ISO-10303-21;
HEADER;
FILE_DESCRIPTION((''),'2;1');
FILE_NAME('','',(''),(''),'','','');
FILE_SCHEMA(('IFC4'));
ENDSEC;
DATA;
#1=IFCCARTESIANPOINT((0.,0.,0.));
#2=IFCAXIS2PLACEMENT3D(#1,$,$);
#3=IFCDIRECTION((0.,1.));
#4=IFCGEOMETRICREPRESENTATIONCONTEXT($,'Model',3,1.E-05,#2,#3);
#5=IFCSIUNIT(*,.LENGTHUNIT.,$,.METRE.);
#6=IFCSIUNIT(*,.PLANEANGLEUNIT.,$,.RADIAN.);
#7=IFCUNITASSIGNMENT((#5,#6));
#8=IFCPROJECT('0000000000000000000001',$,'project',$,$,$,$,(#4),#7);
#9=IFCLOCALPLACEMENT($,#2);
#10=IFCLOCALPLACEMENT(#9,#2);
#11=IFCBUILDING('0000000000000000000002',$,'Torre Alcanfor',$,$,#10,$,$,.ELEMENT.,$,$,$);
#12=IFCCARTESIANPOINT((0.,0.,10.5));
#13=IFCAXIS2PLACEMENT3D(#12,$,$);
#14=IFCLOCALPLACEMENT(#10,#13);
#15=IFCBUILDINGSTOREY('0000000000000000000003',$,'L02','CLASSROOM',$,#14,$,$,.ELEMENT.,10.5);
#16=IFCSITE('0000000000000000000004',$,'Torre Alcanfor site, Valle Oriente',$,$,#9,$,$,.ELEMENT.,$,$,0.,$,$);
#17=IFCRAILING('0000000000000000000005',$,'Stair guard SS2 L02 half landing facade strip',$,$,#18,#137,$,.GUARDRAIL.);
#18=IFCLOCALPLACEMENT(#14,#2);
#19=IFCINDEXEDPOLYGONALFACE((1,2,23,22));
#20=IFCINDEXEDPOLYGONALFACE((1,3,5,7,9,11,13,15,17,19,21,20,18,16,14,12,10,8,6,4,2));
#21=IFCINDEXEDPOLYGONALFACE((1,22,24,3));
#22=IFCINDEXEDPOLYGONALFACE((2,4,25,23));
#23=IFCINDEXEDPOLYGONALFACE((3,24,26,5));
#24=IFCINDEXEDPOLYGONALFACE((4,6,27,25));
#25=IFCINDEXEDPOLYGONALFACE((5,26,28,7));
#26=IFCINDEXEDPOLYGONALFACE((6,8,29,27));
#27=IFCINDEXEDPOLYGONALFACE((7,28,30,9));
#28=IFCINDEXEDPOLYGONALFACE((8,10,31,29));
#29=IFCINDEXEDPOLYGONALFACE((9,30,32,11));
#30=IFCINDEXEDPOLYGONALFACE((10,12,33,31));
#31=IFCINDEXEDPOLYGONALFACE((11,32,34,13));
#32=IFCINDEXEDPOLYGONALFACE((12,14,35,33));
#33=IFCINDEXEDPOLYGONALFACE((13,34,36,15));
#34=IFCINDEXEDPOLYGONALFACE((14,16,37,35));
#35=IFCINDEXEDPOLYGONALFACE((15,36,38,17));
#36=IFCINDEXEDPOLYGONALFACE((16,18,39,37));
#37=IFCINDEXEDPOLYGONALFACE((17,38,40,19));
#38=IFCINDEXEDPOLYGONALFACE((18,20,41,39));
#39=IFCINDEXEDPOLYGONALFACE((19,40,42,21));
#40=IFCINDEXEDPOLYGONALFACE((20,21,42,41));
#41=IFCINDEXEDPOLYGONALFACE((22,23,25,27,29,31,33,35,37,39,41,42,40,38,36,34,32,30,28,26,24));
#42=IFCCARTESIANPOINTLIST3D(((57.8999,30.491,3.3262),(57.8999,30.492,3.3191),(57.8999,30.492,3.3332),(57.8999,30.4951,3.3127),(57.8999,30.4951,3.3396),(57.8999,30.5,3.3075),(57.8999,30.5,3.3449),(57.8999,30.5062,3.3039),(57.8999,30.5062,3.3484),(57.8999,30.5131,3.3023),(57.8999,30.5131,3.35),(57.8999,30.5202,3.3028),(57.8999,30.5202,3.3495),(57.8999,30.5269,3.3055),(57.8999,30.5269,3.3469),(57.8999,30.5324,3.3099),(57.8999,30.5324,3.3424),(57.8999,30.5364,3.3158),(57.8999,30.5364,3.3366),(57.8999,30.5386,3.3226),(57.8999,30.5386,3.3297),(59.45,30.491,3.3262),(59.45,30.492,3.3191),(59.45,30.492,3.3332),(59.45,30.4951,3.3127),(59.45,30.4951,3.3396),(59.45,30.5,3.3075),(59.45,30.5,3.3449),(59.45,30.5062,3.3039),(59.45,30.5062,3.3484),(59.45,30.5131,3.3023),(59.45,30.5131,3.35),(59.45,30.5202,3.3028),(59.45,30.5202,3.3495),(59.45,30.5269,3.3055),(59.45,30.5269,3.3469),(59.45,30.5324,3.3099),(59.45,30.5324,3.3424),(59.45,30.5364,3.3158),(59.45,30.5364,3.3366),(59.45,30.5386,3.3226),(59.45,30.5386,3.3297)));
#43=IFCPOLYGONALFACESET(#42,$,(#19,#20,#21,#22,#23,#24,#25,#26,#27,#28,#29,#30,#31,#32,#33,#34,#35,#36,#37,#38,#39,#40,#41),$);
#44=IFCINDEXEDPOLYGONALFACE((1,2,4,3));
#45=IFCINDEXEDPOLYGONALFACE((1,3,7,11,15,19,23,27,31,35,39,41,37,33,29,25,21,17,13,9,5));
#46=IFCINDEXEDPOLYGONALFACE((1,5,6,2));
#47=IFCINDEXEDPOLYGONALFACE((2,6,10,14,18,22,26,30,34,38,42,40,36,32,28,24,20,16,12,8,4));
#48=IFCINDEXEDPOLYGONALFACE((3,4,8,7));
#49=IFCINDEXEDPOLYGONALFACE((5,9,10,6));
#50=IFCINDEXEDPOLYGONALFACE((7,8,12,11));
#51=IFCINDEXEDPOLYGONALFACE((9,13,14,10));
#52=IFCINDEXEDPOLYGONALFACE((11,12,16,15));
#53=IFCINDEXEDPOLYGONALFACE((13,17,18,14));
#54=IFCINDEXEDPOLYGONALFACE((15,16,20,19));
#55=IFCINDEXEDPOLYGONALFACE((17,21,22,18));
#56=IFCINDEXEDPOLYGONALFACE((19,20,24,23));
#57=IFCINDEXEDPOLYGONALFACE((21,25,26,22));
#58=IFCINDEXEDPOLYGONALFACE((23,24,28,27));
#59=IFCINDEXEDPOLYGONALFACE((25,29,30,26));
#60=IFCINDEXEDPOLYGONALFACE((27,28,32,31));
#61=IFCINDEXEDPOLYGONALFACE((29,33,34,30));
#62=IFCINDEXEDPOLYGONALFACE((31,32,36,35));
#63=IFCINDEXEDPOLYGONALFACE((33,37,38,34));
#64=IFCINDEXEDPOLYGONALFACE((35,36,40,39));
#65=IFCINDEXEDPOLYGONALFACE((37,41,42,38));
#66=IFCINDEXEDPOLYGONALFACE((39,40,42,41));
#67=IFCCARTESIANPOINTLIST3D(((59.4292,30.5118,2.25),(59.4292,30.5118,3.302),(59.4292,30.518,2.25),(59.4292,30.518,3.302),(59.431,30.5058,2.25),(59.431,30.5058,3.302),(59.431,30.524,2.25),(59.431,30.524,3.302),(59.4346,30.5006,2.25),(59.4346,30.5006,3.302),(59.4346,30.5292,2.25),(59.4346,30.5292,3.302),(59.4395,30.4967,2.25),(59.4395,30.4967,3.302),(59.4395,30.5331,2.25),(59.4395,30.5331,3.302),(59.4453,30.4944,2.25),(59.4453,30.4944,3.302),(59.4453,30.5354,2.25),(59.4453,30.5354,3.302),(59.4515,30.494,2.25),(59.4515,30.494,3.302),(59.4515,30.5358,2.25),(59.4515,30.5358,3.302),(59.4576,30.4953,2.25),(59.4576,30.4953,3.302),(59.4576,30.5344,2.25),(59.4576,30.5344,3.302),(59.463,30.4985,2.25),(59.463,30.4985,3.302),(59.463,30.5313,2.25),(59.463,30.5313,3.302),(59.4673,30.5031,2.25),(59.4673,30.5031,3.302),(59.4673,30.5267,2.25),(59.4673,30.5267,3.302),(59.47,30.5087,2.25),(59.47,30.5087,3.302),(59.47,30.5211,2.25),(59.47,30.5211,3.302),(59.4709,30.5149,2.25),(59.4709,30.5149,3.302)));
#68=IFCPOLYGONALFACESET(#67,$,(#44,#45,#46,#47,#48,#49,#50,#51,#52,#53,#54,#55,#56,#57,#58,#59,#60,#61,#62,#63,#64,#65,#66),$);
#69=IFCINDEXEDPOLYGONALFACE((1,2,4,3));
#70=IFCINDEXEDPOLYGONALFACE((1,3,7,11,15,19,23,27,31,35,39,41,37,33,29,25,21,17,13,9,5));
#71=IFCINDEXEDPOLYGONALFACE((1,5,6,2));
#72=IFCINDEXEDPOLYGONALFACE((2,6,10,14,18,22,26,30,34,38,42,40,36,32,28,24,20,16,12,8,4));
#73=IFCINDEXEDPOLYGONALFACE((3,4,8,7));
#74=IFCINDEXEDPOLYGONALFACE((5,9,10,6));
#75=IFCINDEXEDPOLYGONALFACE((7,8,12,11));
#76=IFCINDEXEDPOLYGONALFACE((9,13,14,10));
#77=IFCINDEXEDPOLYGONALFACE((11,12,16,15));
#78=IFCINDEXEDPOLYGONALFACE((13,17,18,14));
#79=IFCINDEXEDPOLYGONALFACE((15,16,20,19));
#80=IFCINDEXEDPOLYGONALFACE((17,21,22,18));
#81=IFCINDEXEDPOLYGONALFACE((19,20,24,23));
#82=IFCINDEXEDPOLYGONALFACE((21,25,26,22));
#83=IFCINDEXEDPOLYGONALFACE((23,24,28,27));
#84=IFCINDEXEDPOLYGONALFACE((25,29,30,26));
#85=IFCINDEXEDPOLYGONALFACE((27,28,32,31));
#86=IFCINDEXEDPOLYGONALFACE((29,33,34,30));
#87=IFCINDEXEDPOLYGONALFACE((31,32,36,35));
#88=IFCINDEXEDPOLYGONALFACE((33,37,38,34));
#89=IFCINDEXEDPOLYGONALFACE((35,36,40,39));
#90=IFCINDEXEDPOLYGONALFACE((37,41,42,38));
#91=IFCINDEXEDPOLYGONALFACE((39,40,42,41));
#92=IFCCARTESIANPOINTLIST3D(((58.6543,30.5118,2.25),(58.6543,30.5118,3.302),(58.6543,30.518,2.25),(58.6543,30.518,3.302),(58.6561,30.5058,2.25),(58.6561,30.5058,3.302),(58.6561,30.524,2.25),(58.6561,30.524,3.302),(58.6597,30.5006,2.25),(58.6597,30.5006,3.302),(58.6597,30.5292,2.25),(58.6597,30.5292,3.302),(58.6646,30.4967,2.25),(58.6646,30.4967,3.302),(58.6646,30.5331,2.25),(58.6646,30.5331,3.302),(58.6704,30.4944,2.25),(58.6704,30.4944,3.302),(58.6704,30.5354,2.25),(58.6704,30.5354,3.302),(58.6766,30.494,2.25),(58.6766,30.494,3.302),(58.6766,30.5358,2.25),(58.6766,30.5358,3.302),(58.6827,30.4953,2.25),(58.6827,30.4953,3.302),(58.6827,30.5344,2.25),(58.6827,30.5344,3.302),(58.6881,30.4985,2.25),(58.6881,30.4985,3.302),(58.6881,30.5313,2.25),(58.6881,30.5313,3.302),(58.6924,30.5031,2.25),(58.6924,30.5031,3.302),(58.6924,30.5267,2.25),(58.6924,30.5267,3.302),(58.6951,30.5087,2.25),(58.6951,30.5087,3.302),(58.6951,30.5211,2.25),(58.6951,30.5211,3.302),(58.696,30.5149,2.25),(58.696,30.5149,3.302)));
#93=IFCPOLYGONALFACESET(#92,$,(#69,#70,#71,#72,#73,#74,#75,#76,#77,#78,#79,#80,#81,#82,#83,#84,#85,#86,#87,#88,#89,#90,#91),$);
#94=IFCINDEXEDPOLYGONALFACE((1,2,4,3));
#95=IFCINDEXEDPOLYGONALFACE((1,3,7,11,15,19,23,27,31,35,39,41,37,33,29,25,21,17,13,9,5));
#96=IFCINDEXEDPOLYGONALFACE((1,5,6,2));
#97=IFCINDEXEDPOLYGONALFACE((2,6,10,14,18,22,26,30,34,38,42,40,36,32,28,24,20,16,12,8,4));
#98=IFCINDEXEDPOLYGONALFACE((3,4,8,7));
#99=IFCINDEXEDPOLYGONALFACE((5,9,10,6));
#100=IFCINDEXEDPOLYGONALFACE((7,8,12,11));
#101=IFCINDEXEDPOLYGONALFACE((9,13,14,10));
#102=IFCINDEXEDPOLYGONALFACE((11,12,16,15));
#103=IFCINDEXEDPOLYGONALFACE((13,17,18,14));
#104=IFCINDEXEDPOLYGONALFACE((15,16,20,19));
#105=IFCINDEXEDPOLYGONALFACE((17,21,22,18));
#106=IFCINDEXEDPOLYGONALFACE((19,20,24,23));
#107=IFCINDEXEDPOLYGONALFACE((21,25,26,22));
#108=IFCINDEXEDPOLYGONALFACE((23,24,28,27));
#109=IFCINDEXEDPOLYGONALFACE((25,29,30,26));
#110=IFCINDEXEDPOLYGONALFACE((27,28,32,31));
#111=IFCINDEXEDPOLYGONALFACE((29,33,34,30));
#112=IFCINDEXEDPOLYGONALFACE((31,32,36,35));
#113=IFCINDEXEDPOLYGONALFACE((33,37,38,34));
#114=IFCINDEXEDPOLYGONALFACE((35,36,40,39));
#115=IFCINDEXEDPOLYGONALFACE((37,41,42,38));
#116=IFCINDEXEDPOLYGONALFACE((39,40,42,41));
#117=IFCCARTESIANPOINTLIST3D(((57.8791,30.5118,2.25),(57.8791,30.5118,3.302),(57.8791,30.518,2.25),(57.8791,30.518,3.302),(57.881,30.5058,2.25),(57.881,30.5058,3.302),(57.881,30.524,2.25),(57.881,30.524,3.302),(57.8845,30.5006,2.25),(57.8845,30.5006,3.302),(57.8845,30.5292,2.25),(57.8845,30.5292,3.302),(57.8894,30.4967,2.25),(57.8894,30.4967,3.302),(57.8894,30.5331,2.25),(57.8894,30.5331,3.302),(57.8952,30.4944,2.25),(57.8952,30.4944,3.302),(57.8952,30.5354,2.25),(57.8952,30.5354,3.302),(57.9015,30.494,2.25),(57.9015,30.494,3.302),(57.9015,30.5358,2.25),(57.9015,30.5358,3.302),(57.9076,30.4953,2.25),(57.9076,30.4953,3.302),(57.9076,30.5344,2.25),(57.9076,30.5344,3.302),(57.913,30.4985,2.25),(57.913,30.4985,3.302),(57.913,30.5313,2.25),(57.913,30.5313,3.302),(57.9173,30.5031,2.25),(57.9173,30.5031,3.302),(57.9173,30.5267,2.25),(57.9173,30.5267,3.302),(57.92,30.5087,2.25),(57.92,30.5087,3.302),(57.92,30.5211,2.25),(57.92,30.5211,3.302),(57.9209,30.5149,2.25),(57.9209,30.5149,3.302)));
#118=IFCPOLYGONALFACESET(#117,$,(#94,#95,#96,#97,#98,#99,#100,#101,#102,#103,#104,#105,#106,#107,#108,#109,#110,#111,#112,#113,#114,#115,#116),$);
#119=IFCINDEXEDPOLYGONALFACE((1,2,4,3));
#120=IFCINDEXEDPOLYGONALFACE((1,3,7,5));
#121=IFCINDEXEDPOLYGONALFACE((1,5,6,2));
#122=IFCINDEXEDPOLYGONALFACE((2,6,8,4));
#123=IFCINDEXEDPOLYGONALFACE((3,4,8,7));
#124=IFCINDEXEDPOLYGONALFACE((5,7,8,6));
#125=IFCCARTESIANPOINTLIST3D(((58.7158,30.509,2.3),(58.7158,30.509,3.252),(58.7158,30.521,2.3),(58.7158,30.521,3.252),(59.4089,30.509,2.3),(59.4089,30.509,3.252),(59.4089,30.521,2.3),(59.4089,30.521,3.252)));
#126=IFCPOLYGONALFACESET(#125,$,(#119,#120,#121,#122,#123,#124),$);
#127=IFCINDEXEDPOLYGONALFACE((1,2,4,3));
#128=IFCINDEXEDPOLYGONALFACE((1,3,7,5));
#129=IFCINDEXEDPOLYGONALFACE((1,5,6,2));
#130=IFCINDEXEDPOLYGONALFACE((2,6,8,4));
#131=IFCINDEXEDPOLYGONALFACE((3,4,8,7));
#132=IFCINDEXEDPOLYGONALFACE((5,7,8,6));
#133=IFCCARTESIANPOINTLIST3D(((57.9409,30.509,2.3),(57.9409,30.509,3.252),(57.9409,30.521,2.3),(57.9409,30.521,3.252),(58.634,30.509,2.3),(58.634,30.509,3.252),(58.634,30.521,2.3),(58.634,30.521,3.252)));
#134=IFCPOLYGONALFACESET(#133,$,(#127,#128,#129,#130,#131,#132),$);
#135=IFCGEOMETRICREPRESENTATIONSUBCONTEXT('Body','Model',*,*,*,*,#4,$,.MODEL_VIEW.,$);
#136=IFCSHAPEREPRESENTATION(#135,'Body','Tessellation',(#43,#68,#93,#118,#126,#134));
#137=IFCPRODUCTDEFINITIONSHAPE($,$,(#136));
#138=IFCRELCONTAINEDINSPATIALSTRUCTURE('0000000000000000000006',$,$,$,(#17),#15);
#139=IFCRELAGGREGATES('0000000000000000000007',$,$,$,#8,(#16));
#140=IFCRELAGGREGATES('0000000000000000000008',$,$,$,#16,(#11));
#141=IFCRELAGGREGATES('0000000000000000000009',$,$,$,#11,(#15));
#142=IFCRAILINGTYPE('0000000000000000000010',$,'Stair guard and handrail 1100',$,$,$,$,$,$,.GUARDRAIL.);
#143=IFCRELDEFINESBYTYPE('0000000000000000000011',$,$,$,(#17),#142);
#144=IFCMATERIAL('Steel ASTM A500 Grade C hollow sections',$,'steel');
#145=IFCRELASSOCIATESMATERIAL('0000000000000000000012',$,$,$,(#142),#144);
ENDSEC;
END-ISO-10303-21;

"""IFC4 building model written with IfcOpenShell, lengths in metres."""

from ifc_helpers import new_model, si_unit, direction, frame, origin, origin_2d, place, context, subcontext, project, spatial, polyline, circle, outline, extrude, material, type_object, element, save


model = new_model("IFC4")

# Units and contexts
model_context = context("Model", 3, precision=1e-05, world=origin(), true_north=direction((0.0, 1.0)))
body_context = subcontext(model_context, "Body", "Model", "MODEL_VIEW")
ifc_project = project(units=[si_unit("LENGTHUNIT", "METRE"), si_unit("PLANEANGLEUNIT", "RADIAN")], contexts=[model_context])

# Site, building, storey
site_placement = place(None, origin())
site = spatial("IfcSite", under=ifc_project, at=site_placement, Name="Torre Alcanfor site, Valle Oriente", CompositionType="ELEMENT", RefElevation=0.0)
building_placement = place(site_placement, origin())
building = spatial("IfcBuilding", under=site, at=building_placement, Name="Torre Alcanfor", CompositionType="ELEMENT")
storey_placement = place(building_placement, frame((0.0, 0.0, 10.5)))
storey = spatial("IfcBuildingStorey", under=building, at=storey_placement, Name="L02", Description="CLASSROOM", CompositionType="ELEMENT", Elevation=10.5)

# Railing
ifc_material_1 = material(Name="Steel ASTM A500 Grade C hollow sections", Category="steel")
railing_type_1 = type_object("IfcRailingType", Name="Stair guard and handrail 1100", PredefinedType="GUARDRAIL", material=ifc_material_1)
railing_1_placement = place(storey_placement, frame((59.45, 30.5149, 2.25)))
element("IfcRailing", 1, at=railing_1_placement, inside=storey, type_object=railing_type_1, Name="Stair guard SS2 L02 half landing facade strip", PredefinedType="GUARDRAIL", context=body_context, shape_type="SweptSolid", body=[
    extrude(circle(Radius=0.0239, at=origin_2d()), frame((0.0, 0.0, 1.0762), z_axis=(-1.0, 0.0, 0.0), x_axis=(0.0, -1.0, 0.0)), (0.0, 0.0, 1.0), 1.55),
    extrude(circle(Radius=0.021, at=origin_2d()), origin(), (0.0, 0.0, 1.0), 1.052),
    extrude(circle(Radius=0.021, at=origin_2d()), frame((-0.7749, 0.0, 0.0)), (0.0, 0.0, 1.0), 1.052),
    extrude(circle(Radius=0.021, at=origin_2d()), frame((-1.55, 0.0, 0.0)), (0.0, 0.0, 1.0), 1.052),
    extrude(outline(polyline([(0.041, 0.05), (0.7341, 0.05), (0.7341, 1.002), (0.041, 1.002), (0.041, 0.05)])), frame((0.0, -0.0059, 0.0), z_axis=(0.0, 1.0, 0.0), x_axis=(-1.0, 0.0, 0.0)), (0.0, 0.0, 1.0), 0.012),
    extrude(outline(polyline([(0.8159, 0.05), (1.509, 0.05), (1.509, 1.002), (0.8159, 1.002), (0.8159, 0.05)])), frame((0.0, -0.0059, 0.0), z_axis=(0.0, 1.0, 0.0), x_axis=(-1.0, 0.0, 0.0)), (0.0, 0.0, 1.0), 0.012),
])

save(model, "model.ifc")
